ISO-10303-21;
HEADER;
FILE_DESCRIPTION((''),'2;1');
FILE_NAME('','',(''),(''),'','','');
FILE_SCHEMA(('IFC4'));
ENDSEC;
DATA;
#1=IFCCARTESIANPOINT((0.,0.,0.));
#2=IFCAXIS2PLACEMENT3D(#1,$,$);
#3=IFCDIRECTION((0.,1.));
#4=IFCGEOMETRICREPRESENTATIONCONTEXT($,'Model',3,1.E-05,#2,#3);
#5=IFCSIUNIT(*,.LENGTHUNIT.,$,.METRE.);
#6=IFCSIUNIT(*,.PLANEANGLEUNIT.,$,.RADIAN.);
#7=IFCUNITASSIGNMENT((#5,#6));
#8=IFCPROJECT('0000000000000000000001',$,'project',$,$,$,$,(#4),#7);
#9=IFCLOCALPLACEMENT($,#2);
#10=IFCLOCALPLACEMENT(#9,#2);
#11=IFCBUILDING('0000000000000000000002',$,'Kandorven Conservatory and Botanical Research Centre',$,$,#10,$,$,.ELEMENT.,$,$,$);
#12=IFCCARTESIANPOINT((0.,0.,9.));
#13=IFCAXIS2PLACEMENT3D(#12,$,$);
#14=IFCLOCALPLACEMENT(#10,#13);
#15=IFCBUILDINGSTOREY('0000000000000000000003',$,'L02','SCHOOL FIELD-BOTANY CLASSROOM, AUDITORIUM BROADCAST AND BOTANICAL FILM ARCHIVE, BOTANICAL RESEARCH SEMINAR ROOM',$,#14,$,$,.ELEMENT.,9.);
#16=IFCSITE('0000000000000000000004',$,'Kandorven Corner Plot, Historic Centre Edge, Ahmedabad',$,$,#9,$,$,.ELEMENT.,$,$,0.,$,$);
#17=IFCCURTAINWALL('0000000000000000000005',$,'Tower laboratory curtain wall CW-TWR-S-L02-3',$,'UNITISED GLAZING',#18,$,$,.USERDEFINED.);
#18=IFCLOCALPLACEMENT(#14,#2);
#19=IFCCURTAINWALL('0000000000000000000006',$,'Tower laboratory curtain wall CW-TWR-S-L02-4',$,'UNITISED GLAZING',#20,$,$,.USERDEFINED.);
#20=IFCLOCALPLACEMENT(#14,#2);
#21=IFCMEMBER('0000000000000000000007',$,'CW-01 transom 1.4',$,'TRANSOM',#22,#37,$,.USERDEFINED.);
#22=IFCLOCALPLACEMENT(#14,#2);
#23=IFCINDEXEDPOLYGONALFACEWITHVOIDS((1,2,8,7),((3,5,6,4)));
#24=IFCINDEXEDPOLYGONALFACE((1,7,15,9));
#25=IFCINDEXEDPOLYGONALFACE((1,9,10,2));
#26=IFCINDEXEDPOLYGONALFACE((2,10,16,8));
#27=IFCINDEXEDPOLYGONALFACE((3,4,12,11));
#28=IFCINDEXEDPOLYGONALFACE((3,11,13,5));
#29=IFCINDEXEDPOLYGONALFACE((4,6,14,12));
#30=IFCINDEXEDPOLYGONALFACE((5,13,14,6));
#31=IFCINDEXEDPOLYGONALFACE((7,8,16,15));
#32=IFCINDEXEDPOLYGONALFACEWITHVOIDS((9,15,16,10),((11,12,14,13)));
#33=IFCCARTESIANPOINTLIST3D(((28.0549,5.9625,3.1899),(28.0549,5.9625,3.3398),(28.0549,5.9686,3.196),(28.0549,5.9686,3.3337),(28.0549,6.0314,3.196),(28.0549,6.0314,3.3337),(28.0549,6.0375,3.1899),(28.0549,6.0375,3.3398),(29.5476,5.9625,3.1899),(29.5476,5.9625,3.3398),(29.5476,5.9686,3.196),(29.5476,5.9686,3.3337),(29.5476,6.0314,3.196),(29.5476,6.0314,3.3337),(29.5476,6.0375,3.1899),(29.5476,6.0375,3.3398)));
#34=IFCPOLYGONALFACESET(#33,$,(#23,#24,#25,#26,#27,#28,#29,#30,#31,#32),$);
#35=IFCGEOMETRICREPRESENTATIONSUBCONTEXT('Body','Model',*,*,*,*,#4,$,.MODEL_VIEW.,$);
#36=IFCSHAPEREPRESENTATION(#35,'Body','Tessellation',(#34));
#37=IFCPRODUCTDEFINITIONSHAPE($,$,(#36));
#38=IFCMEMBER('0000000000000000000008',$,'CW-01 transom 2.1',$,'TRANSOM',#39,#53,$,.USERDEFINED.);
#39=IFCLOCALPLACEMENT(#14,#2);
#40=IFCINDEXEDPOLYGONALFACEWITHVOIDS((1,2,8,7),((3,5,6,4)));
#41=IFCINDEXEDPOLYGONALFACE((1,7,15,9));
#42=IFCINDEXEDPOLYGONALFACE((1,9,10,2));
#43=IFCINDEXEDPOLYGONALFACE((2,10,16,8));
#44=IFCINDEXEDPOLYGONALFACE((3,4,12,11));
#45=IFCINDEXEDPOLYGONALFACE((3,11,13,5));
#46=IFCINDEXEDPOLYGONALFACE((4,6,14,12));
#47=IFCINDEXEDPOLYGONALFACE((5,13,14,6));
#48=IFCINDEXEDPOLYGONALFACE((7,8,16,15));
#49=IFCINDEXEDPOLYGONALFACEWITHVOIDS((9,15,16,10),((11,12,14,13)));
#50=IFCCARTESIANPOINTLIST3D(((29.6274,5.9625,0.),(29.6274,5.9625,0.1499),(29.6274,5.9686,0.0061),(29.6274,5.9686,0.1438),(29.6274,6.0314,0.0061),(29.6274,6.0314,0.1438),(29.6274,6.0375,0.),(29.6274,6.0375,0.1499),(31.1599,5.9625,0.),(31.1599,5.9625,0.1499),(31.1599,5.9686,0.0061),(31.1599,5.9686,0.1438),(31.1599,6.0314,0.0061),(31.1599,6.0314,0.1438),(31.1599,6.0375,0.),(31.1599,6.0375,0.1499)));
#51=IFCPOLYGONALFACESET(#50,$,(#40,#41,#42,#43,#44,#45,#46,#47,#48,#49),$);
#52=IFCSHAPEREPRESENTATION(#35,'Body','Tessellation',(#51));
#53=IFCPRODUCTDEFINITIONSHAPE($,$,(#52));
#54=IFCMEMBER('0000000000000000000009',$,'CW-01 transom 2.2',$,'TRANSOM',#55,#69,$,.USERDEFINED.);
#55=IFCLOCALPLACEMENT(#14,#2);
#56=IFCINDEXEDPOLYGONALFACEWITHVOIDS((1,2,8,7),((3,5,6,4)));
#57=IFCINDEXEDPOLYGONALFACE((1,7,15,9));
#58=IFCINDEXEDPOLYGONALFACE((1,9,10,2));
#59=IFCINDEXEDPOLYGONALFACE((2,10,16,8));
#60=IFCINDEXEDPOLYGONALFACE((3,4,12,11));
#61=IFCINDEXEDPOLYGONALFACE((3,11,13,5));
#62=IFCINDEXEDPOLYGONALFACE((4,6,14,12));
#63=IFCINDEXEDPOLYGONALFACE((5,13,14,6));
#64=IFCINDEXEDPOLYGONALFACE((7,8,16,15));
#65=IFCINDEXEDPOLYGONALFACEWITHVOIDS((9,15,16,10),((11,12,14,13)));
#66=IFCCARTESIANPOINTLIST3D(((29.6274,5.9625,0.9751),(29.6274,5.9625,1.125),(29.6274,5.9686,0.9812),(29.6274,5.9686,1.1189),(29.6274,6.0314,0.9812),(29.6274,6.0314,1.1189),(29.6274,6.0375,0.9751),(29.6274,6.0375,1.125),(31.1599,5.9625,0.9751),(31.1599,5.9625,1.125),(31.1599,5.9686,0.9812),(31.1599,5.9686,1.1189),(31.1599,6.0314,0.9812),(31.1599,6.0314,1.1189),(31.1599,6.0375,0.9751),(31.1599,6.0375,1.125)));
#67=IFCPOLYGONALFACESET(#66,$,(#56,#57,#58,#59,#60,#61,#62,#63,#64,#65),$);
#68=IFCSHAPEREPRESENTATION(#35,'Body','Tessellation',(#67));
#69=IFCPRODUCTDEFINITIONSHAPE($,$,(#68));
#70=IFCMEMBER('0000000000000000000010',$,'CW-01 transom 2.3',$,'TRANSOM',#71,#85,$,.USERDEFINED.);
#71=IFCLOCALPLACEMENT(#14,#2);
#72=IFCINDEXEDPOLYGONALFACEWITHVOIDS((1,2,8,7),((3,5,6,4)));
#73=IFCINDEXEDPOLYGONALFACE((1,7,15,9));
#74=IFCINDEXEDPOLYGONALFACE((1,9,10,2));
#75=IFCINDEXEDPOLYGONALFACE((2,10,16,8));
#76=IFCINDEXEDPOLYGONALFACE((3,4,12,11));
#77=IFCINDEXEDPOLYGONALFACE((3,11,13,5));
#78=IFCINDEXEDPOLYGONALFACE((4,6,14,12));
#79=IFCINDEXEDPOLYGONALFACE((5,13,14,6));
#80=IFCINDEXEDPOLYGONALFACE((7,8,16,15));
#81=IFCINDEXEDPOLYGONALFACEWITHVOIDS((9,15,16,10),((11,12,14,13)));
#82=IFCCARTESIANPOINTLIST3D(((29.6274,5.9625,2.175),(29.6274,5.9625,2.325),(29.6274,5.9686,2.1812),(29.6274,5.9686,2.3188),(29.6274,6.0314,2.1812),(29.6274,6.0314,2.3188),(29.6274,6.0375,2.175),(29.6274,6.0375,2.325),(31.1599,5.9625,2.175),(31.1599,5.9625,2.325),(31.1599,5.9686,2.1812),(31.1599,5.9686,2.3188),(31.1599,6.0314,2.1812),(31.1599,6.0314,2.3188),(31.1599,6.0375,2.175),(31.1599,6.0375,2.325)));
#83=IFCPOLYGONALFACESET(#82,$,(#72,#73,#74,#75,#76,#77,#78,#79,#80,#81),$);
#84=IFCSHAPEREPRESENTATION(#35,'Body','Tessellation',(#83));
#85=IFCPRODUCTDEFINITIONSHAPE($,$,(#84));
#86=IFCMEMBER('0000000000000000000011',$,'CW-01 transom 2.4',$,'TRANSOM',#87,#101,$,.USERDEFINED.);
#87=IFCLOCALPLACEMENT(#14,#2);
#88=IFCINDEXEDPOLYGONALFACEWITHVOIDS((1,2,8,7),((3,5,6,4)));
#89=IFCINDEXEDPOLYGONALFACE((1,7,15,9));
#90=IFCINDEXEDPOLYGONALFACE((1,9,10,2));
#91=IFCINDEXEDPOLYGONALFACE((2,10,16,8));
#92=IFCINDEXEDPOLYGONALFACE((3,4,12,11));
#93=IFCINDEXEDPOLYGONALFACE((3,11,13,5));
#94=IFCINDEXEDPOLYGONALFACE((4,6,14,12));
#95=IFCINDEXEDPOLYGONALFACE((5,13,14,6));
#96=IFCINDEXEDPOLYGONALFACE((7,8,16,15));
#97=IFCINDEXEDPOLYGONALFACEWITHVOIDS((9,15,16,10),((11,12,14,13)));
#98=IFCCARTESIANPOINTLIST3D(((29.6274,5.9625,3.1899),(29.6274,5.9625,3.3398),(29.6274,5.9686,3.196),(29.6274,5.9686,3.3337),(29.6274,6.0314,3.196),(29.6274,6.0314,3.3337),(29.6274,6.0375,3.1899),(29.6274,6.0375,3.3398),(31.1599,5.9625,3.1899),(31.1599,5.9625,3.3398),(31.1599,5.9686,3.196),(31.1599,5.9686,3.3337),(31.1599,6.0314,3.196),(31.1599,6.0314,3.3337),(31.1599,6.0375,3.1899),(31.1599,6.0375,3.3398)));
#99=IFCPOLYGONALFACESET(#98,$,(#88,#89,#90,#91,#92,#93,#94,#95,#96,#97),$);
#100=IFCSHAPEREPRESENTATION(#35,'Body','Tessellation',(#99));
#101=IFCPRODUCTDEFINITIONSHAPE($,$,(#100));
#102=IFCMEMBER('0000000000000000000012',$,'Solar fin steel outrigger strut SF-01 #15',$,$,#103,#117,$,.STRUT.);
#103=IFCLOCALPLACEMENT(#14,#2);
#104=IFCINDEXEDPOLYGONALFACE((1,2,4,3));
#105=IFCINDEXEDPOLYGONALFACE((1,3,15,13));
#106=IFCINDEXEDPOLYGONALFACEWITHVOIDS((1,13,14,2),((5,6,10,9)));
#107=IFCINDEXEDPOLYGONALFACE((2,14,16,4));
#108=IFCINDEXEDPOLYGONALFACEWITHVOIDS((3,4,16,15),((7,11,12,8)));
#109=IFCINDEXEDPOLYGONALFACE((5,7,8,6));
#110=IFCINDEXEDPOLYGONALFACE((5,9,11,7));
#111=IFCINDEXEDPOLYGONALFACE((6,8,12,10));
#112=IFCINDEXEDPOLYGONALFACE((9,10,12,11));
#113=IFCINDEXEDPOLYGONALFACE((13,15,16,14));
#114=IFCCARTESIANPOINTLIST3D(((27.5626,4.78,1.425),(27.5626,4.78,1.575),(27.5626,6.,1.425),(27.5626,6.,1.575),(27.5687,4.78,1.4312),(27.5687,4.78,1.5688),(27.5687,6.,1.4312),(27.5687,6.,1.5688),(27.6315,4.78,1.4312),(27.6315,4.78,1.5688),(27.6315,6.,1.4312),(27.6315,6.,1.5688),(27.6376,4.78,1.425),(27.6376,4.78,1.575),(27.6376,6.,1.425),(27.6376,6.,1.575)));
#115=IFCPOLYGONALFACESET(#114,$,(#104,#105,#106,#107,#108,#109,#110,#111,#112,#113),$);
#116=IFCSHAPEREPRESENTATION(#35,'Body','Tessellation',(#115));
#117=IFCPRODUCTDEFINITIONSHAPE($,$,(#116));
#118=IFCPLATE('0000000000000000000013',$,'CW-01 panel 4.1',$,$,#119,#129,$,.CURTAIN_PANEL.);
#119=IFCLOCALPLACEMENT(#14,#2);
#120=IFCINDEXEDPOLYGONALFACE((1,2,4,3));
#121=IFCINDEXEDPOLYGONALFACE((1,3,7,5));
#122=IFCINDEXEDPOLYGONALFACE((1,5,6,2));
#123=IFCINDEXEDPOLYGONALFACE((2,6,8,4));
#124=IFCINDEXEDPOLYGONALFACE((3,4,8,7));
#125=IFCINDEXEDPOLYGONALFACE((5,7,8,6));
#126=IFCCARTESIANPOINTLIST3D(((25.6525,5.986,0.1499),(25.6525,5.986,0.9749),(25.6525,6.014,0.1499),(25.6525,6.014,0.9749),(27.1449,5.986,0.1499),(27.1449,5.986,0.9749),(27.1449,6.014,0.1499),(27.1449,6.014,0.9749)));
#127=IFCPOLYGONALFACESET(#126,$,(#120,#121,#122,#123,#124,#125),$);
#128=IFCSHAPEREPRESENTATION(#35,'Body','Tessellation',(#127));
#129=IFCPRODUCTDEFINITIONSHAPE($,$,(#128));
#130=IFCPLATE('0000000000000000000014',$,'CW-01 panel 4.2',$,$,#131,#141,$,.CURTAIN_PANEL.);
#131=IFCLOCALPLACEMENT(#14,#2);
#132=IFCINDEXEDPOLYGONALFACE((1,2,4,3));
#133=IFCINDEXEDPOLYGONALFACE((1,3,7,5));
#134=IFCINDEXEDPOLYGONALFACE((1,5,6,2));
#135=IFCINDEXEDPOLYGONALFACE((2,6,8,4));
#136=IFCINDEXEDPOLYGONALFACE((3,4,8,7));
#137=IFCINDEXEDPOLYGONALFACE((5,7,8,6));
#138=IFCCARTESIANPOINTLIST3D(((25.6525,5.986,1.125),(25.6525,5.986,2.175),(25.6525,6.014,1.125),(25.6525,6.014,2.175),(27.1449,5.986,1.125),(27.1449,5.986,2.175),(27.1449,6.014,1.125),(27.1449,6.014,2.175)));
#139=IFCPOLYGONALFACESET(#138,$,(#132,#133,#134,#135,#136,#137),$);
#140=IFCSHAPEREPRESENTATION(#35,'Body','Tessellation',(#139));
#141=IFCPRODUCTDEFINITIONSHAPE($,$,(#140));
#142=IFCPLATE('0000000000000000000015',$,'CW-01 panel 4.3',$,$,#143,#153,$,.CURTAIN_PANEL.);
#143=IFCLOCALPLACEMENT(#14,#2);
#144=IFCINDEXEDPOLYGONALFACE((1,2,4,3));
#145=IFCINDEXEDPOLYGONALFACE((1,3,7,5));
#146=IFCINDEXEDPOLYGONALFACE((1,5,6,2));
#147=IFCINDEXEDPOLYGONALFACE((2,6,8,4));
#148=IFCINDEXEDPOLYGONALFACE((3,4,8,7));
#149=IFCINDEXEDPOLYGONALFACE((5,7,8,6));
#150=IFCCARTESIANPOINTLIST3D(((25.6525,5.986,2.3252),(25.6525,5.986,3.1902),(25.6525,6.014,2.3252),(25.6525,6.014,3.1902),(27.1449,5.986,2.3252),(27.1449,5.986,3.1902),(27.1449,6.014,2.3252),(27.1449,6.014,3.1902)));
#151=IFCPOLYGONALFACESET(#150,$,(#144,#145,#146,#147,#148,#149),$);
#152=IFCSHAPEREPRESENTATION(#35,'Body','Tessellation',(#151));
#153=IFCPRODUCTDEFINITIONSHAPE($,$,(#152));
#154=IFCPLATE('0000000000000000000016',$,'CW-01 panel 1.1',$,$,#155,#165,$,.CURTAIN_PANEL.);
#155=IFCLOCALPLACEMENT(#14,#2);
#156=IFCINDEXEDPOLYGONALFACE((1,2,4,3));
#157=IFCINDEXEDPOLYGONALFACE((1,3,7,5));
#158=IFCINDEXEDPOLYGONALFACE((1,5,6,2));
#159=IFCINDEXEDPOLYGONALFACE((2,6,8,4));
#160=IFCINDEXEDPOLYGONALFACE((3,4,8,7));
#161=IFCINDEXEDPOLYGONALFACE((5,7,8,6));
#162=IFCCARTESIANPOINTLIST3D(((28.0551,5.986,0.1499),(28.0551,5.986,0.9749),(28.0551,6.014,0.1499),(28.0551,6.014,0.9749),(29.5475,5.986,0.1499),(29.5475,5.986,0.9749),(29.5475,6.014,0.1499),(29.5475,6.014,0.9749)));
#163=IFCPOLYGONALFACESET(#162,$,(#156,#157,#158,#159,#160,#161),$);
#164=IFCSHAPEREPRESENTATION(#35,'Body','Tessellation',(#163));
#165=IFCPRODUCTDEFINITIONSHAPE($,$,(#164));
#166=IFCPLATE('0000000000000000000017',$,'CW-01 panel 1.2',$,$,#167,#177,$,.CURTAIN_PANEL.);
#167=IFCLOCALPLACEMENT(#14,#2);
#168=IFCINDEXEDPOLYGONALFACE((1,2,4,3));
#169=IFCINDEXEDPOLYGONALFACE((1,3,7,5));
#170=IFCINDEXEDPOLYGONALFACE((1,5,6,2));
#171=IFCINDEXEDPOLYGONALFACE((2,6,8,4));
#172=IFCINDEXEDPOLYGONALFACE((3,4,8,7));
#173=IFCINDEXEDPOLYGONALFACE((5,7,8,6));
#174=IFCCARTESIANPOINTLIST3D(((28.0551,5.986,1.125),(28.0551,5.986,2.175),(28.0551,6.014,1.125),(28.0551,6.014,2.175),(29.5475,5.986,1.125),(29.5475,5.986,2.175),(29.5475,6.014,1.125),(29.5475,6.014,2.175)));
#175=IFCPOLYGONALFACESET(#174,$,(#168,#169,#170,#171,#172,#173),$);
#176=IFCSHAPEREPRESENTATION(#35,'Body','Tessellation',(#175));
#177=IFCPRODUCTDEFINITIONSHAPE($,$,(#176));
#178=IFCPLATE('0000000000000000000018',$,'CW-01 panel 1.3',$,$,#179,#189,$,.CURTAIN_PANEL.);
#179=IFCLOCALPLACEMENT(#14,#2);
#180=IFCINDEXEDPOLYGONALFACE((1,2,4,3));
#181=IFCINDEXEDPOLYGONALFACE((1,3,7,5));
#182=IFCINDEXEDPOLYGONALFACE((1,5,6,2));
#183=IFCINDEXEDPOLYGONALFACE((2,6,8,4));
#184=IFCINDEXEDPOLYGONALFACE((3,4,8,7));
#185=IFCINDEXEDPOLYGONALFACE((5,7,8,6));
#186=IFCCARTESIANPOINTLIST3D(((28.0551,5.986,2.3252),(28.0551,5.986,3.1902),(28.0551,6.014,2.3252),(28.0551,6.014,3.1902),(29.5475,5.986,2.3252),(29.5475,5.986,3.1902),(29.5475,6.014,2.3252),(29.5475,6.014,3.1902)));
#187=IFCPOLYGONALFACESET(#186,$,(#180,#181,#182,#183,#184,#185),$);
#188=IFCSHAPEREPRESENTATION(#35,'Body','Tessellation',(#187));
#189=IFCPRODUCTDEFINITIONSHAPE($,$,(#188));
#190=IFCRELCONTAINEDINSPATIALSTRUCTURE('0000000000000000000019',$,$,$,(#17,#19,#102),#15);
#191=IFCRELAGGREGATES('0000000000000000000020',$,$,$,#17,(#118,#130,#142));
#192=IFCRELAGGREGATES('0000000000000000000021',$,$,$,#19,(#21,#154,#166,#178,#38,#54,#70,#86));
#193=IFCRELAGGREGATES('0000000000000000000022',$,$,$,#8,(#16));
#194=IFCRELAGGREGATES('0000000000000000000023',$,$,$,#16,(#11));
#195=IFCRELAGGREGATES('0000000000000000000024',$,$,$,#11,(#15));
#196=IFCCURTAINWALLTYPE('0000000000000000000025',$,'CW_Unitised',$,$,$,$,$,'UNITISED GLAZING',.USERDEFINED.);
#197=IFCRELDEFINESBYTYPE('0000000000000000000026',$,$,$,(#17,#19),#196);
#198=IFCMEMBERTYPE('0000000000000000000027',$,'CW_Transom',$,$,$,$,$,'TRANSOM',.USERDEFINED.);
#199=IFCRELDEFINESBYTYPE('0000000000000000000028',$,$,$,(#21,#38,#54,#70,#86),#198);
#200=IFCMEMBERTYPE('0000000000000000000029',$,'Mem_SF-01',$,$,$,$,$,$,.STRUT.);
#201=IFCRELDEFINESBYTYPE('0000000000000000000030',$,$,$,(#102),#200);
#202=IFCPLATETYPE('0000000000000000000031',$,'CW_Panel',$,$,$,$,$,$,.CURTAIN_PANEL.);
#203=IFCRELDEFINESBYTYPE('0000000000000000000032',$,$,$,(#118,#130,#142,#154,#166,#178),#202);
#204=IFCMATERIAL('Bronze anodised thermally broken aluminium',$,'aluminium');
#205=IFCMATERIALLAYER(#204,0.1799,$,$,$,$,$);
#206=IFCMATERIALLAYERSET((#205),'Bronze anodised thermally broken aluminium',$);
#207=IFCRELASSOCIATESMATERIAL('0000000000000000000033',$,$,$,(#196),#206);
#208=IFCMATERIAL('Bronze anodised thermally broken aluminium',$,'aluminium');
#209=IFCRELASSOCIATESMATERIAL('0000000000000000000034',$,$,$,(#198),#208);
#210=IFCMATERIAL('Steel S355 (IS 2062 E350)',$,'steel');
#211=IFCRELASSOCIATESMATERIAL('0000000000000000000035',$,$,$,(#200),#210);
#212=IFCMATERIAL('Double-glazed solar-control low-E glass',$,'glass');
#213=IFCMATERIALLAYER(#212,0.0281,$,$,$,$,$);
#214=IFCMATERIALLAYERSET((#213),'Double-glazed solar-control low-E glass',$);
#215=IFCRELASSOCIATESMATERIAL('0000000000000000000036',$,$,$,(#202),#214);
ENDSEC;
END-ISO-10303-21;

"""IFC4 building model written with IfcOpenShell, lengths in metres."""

from ifc_helpers import new_model, si_unit, direction, frame, origin, origin_2d, place, context, subcontext, project, spatial, rectangle, hollow_rectangle, extrude, material, layer, layer_set, material_profile, profile_set, type_object, element, aggregate, save


model = new_model("IFC4")

# Units and contexts
model_context = context("Model", 3, precision=1e-05, world=origin(), true_north=direction((0.0, 1.0)))
body_context = subcontext(model_context, "Body", "Model", "MODEL_VIEW")
ifc_project = project(units=[si_unit("LENGTHUNIT", "METRE"), si_unit("PLANEANGLEUNIT", "RADIAN")], contexts=[model_context])

# Site, building, storey
site_placement = place(None, origin())
site = spatial("IfcSite", under=ifc_project, at=site_placement, Name="Kandorven Corner Plot, Historic Centre Edge, Ahmedabad", CompositionType="ELEMENT", RefElevation=0.0)
building_placement = place(site_placement, origin())
building = spatial("IfcBuilding", under=site, at=building_placement, Name="Kandorven Conservatory and Botanical Research Centre", CompositionType="ELEMENT")
storey_placement = place(building_placement, frame((0.0, 0.0, 9.0)))
storey = spatial("IfcBuildingStorey", under=building, at=storey_placement, Name="L02", Description="SCHOOL FIELD-BOTANY CLASSROOM, AUDITORIUM BROADCAST AND BOTANICAL FILM ARCHIVE, BOTANICAL RESEARCH SEMINAR ROOM", CompositionType="ELEMENT", Elevation=9.0)

# Curtain wall
ifc_material_1 = material(Name="Bronze anodised thermally broken aluminium", Category="aluminium")
ifc_layer_1 = layer(ifc_material_1, 0.1799)
ifc_layer_set_1 = layer_set([ifc_layer_1], Name="Bronze anodised thermally broken aluminium")
curtain_wall_type = type_object("IfcCurtainWallType", Name="CW_Unitised", ElementType="UNITISED GLAZING", PredefinedType="USERDEFINED", material=ifc_layer_set_1)
curtain_wall_1_placement = place(storey_placement, origin())
curtain_wall_1 = element("IfcCurtainWall", 1, at=curtain_wall_1_placement, inside=storey, type_object=curtain_wall_type, Name="Tower laboratory curtain wall CW-TWR-S-L02-3", ObjectType="UNITISED GLAZING", PredefinedType="USERDEFINED")

# Curtain wall, members
curtain_wall_2_placement = place(storey_placement, origin())
curtain_wall_2 = element("IfcCurtainWall", 2, at=curtain_wall_2_placement, inside=storey, type_object=curtain_wall_type, Name="Tower laboratory curtain wall CW-TWR-S-L02-4", ObjectType="UNITISED GLAZING", PredefinedType="USERDEFINED")
ifc_material_2 = material(Name="Bronze anodised thermally broken aluminium", Category="aluminium")
ifc_material_profile_1 = material_profile(ifc_material_2, hollow_rectangle(XDim=0.075, YDim=0.1499, WallThickness=0.0061, at=origin_2d()))
ifc_profile_set_1 = profile_set([ifc_material_profile_1], Name="Bronze anodised thermally broken aluminium")
member_type_1 = type_object("IfcMemberType", Name="CW_Transom", ElementType="TRANSOM", PredefinedType="USERDEFINED", material=ifc_profile_set_1)
member_1_placement = place(storey_placement, frame((28.0549, 6.0, 3.2649), z_axis=(1.0, 0.0, 0.0), x_axis=(0.0, 1.0, 0.0)))
member_1 = element("IfcMember", 3, at=member_1_placement, type_object=member_type_1, Name="CW-01 transom 1.4", ObjectType="TRANSOM", PredefinedType="USERDEFINED", context=body_context, shape_type="SweptSolid", body=[
    extrude(hollow_rectangle(XDim=0.075, YDim=0.1499, WallThickness=0.0061, at=origin_2d()), origin(), (0.0, 0.0, 1.0), 1.4927),
])
member_2_placement = place(storey_placement, frame((29.6274, 6.0, 0.075), z_axis=(1.0, 0.0, 0.0), x_axis=(0.0, 1.0, 0.0)))
member_2 = element("IfcMember", 4, at=member_2_placement, type_object=member_type_1, Name="CW-01 transom 2.1", ObjectType="TRANSOM", PredefinedType="USERDEFINED", context=body_context, shape_type="SweptSolid", body=[
    extrude(hollow_rectangle(XDim=0.075, YDim=0.1499, WallThickness=0.0061, at=origin_2d()), origin(), (0.0, 0.0, 1.0), 1.5325),
])
member_3_placement = place(storey_placement, frame((29.6274, 6.0, 1.05), z_axis=(1.0, 0.0, 0.0), x_axis=(0.0, 1.0, 0.0)))
member_3 = element("IfcMember", 5, at=member_3_placement, type_object=member_type_1, Name="CW-01 transom 2.2", ObjectType="TRANSOM", PredefinedType="USERDEFINED", context=body_context, shape_type="SweptSolid", body=[
    extrude(hollow_rectangle(XDim=0.075, YDim=0.1499, WallThickness=0.0061, at=origin_2d()), origin(), (0.0, 0.0, 1.0), 1.5325),
])
member_4_placement = place(storey_placement, frame((29.6274, 6.0, 2.25), z_axis=(1.0, 0.0, 0.0), x_axis=(0.0, 1.0, 0.0)))
member_4 = element("IfcMember", 6, at=member_4_placement, type_object=member_type_1, Name="CW-01 transom 2.3", ObjectType="TRANSOM", PredefinedType="USERDEFINED", context=body_context, shape_type="SweptSolid", body=[
    extrude(hollow_rectangle(XDim=0.075, YDim=0.1499, WallThickness=0.0061, at=origin_2d()), origin(), (0.0, 0.0, 1.0), 1.5325),
])
member_5_placement = place(storey_placement, frame((29.6274, 6.0, 3.2649), z_axis=(1.0, 0.0, 0.0), x_axis=(0.0, 1.0, 0.0)))
member_5 = element("IfcMember", 7, at=member_5_placement, type_object=member_type_1, Name="CW-01 transom 2.4", ObjectType="TRANSOM", PredefinedType="USERDEFINED", context=body_context, shape_type="SweptSolid", body=[
    extrude(hollow_rectangle(XDim=0.075, YDim=0.1499, WallThickness=0.0061, at=origin_2d()), origin(), (0.0, 0.0, 1.0), 1.5325),
])

# Member
ifc_material_3 = material(Name="Steel S355 (IS 2062 E350)", Category="steel")
ifc_material_profile_2 = material_profile(ifc_material_3, hollow_rectangle(XDim=0.075, YDim=0.1499, WallThickness=0.0061, at=origin_2d()))
ifc_profile_set_2 = profile_set([ifc_material_profile_2], Name="Steel S355 (IS 2062 E350)")
member_type_2 = type_object("IfcMemberType", Name="Mem_SF-01", PredefinedType="STRUT", material=ifc_profile_set_2)
member_6_placement = place(storey_placement, frame((27.6001, 6.0, 1.5), z_axis=(0.0, -1.0, 0.0), x_axis=(1.0, 0.0, 0.0)))
element("IfcMember", 8, at=member_6_placement, inside=storey, type_object=member_type_2, Name="Solar fin steel outrigger strut SF-01 #15", PredefinedType="STRUT", context=body_context, shape_type="SweptSolid", body=[
    extrude(hollow_rectangle(XDim=0.075, YDim=0.1499, WallThickness=0.0061, at=origin_2d()), origin(), (0.0, 0.0, 1.0), 1.22),
])

# Plates
ifc_material_4 = material(Name="Double-glazed solar-control low-E glass", Category="glass")
ifc_layer_2 = layer(ifc_material_4, 0.0281)
ifc_layer_set_2 = layer_set([ifc_layer_2], Name="Double-glazed solar-control low-E glass")
plate_type_1 = type_object("IfcPlateType", Name="CW_Panel", PredefinedType="CURTAIN_PANEL", material=ifc_layer_set_2)
plate_1_placement = place(storey_placement, frame((26.3987, 6.0, 0.1499), z_axis=(0.0, 0.0, 1.0), x_axis=(1.0, 0.0, 0.0)))
plate_1 = element("IfcPlate", 9, at=plate_1_placement, type_object=plate_type_1, Name="CW-01 panel 4.1", PredefinedType="CURTAIN_PANEL", context=body_context, shape_type="SweptSolid", body=[
    extrude(rectangle(XDim=1.4924, YDim=0.0281, at=origin_2d()), origin(), (0.0, 0.0, 1.0), 0.825),
])
plate_2_placement = place(storey_placement, frame((26.3987, 6.0, 1.125), z_axis=(0.0, 0.0, 1.0), x_axis=(1.0, 0.0, 0.0)))
plate_2 = element("IfcPlate", 10, at=plate_2_placement, type_object=plate_type_1, Name="CW-01 panel 4.2", PredefinedType="CURTAIN_PANEL", context=body_context, shape_type="SweptSolid", body=[
    extrude(rectangle(XDim=1.4924, YDim=0.0281, at=origin_2d()), origin(), (0.0, 0.0, 1.0), 1.05),
])
plate_3_placement = place(storey_placement, frame((26.3987, 6.0, 2.3252), z_axis=(0.0, 0.0, 1.0), x_axis=(1.0, 0.0, 0.0)))
plate_3 = element("IfcPlate", 11, at=plate_3_placement, type_object=plate_type_1, Name="CW-01 panel 4.3", PredefinedType="CURTAIN_PANEL", context=body_context, shape_type="SweptSolid", body=[
    extrude(rectangle(XDim=1.4924, YDim=0.0281, at=origin_2d()), origin(), (0.0, 0.0, 1.0), 0.865),
])
aggregate(curtain_wall_1, [plate_1, plate_2, plate_3])
plate_4_placement = place(storey_placement, frame((28.8013, 6.0, 0.1499), z_axis=(0.0, 0.0, 1.0), x_axis=(1.0, 0.0, 0.0)))
plate_4 = element("IfcPlate", 12, at=plate_4_placement, type_object=plate_type_1, Name="CW-01 panel 1.1", PredefinedType="CURTAIN_PANEL", context=body_context, shape_type="SweptSolid", body=[
    extrude(rectangle(XDim=1.4924, YDim=0.0281, at=origin_2d()), origin(), (0.0, 0.0, 1.0), 0.825),
])
plate_5_placement = place(storey_placement, frame((28.8013, 6.0, 1.125), z_axis=(0.0, 0.0, 1.0), x_axis=(1.0, 0.0, 0.0)))
plate_5 = element("IfcPlate", 13, at=plate_5_placement, type_object=plate_type_1, Name="CW-01 panel 1.2", PredefinedType="CURTAIN_PANEL", context=body_context, shape_type="SweptSolid", body=[
    extrude(rectangle(XDim=1.4924, YDim=0.0281, at=origin_2d()), origin(), (0.0, 0.0, 1.0), 1.05),
])
plate_6_placement = place(storey_placement, frame((28.8013, 6.0, 2.3252), z_axis=(0.0, 0.0, 1.0), x_axis=(1.0, 0.0, 0.0)))
plate_6 = element("IfcPlate", 14, at=plate_6_placement, type_object=plate_type_1, Name="CW-01 panel 1.3", PredefinedType="CURTAIN_PANEL", context=body_context, shape_type="SweptSolid", body=[
    extrude(rectangle(XDim=1.4924, YDim=0.0281, at=origin_2d()), origin(), (0.0, 0.0, 1.0), 0.865),
])
aggregate(curtain_wall_2, [member_1, plate_4, plate_5, plate_6, member_2, member_3, member_4, member_5])

save(model, "model.ifc")
